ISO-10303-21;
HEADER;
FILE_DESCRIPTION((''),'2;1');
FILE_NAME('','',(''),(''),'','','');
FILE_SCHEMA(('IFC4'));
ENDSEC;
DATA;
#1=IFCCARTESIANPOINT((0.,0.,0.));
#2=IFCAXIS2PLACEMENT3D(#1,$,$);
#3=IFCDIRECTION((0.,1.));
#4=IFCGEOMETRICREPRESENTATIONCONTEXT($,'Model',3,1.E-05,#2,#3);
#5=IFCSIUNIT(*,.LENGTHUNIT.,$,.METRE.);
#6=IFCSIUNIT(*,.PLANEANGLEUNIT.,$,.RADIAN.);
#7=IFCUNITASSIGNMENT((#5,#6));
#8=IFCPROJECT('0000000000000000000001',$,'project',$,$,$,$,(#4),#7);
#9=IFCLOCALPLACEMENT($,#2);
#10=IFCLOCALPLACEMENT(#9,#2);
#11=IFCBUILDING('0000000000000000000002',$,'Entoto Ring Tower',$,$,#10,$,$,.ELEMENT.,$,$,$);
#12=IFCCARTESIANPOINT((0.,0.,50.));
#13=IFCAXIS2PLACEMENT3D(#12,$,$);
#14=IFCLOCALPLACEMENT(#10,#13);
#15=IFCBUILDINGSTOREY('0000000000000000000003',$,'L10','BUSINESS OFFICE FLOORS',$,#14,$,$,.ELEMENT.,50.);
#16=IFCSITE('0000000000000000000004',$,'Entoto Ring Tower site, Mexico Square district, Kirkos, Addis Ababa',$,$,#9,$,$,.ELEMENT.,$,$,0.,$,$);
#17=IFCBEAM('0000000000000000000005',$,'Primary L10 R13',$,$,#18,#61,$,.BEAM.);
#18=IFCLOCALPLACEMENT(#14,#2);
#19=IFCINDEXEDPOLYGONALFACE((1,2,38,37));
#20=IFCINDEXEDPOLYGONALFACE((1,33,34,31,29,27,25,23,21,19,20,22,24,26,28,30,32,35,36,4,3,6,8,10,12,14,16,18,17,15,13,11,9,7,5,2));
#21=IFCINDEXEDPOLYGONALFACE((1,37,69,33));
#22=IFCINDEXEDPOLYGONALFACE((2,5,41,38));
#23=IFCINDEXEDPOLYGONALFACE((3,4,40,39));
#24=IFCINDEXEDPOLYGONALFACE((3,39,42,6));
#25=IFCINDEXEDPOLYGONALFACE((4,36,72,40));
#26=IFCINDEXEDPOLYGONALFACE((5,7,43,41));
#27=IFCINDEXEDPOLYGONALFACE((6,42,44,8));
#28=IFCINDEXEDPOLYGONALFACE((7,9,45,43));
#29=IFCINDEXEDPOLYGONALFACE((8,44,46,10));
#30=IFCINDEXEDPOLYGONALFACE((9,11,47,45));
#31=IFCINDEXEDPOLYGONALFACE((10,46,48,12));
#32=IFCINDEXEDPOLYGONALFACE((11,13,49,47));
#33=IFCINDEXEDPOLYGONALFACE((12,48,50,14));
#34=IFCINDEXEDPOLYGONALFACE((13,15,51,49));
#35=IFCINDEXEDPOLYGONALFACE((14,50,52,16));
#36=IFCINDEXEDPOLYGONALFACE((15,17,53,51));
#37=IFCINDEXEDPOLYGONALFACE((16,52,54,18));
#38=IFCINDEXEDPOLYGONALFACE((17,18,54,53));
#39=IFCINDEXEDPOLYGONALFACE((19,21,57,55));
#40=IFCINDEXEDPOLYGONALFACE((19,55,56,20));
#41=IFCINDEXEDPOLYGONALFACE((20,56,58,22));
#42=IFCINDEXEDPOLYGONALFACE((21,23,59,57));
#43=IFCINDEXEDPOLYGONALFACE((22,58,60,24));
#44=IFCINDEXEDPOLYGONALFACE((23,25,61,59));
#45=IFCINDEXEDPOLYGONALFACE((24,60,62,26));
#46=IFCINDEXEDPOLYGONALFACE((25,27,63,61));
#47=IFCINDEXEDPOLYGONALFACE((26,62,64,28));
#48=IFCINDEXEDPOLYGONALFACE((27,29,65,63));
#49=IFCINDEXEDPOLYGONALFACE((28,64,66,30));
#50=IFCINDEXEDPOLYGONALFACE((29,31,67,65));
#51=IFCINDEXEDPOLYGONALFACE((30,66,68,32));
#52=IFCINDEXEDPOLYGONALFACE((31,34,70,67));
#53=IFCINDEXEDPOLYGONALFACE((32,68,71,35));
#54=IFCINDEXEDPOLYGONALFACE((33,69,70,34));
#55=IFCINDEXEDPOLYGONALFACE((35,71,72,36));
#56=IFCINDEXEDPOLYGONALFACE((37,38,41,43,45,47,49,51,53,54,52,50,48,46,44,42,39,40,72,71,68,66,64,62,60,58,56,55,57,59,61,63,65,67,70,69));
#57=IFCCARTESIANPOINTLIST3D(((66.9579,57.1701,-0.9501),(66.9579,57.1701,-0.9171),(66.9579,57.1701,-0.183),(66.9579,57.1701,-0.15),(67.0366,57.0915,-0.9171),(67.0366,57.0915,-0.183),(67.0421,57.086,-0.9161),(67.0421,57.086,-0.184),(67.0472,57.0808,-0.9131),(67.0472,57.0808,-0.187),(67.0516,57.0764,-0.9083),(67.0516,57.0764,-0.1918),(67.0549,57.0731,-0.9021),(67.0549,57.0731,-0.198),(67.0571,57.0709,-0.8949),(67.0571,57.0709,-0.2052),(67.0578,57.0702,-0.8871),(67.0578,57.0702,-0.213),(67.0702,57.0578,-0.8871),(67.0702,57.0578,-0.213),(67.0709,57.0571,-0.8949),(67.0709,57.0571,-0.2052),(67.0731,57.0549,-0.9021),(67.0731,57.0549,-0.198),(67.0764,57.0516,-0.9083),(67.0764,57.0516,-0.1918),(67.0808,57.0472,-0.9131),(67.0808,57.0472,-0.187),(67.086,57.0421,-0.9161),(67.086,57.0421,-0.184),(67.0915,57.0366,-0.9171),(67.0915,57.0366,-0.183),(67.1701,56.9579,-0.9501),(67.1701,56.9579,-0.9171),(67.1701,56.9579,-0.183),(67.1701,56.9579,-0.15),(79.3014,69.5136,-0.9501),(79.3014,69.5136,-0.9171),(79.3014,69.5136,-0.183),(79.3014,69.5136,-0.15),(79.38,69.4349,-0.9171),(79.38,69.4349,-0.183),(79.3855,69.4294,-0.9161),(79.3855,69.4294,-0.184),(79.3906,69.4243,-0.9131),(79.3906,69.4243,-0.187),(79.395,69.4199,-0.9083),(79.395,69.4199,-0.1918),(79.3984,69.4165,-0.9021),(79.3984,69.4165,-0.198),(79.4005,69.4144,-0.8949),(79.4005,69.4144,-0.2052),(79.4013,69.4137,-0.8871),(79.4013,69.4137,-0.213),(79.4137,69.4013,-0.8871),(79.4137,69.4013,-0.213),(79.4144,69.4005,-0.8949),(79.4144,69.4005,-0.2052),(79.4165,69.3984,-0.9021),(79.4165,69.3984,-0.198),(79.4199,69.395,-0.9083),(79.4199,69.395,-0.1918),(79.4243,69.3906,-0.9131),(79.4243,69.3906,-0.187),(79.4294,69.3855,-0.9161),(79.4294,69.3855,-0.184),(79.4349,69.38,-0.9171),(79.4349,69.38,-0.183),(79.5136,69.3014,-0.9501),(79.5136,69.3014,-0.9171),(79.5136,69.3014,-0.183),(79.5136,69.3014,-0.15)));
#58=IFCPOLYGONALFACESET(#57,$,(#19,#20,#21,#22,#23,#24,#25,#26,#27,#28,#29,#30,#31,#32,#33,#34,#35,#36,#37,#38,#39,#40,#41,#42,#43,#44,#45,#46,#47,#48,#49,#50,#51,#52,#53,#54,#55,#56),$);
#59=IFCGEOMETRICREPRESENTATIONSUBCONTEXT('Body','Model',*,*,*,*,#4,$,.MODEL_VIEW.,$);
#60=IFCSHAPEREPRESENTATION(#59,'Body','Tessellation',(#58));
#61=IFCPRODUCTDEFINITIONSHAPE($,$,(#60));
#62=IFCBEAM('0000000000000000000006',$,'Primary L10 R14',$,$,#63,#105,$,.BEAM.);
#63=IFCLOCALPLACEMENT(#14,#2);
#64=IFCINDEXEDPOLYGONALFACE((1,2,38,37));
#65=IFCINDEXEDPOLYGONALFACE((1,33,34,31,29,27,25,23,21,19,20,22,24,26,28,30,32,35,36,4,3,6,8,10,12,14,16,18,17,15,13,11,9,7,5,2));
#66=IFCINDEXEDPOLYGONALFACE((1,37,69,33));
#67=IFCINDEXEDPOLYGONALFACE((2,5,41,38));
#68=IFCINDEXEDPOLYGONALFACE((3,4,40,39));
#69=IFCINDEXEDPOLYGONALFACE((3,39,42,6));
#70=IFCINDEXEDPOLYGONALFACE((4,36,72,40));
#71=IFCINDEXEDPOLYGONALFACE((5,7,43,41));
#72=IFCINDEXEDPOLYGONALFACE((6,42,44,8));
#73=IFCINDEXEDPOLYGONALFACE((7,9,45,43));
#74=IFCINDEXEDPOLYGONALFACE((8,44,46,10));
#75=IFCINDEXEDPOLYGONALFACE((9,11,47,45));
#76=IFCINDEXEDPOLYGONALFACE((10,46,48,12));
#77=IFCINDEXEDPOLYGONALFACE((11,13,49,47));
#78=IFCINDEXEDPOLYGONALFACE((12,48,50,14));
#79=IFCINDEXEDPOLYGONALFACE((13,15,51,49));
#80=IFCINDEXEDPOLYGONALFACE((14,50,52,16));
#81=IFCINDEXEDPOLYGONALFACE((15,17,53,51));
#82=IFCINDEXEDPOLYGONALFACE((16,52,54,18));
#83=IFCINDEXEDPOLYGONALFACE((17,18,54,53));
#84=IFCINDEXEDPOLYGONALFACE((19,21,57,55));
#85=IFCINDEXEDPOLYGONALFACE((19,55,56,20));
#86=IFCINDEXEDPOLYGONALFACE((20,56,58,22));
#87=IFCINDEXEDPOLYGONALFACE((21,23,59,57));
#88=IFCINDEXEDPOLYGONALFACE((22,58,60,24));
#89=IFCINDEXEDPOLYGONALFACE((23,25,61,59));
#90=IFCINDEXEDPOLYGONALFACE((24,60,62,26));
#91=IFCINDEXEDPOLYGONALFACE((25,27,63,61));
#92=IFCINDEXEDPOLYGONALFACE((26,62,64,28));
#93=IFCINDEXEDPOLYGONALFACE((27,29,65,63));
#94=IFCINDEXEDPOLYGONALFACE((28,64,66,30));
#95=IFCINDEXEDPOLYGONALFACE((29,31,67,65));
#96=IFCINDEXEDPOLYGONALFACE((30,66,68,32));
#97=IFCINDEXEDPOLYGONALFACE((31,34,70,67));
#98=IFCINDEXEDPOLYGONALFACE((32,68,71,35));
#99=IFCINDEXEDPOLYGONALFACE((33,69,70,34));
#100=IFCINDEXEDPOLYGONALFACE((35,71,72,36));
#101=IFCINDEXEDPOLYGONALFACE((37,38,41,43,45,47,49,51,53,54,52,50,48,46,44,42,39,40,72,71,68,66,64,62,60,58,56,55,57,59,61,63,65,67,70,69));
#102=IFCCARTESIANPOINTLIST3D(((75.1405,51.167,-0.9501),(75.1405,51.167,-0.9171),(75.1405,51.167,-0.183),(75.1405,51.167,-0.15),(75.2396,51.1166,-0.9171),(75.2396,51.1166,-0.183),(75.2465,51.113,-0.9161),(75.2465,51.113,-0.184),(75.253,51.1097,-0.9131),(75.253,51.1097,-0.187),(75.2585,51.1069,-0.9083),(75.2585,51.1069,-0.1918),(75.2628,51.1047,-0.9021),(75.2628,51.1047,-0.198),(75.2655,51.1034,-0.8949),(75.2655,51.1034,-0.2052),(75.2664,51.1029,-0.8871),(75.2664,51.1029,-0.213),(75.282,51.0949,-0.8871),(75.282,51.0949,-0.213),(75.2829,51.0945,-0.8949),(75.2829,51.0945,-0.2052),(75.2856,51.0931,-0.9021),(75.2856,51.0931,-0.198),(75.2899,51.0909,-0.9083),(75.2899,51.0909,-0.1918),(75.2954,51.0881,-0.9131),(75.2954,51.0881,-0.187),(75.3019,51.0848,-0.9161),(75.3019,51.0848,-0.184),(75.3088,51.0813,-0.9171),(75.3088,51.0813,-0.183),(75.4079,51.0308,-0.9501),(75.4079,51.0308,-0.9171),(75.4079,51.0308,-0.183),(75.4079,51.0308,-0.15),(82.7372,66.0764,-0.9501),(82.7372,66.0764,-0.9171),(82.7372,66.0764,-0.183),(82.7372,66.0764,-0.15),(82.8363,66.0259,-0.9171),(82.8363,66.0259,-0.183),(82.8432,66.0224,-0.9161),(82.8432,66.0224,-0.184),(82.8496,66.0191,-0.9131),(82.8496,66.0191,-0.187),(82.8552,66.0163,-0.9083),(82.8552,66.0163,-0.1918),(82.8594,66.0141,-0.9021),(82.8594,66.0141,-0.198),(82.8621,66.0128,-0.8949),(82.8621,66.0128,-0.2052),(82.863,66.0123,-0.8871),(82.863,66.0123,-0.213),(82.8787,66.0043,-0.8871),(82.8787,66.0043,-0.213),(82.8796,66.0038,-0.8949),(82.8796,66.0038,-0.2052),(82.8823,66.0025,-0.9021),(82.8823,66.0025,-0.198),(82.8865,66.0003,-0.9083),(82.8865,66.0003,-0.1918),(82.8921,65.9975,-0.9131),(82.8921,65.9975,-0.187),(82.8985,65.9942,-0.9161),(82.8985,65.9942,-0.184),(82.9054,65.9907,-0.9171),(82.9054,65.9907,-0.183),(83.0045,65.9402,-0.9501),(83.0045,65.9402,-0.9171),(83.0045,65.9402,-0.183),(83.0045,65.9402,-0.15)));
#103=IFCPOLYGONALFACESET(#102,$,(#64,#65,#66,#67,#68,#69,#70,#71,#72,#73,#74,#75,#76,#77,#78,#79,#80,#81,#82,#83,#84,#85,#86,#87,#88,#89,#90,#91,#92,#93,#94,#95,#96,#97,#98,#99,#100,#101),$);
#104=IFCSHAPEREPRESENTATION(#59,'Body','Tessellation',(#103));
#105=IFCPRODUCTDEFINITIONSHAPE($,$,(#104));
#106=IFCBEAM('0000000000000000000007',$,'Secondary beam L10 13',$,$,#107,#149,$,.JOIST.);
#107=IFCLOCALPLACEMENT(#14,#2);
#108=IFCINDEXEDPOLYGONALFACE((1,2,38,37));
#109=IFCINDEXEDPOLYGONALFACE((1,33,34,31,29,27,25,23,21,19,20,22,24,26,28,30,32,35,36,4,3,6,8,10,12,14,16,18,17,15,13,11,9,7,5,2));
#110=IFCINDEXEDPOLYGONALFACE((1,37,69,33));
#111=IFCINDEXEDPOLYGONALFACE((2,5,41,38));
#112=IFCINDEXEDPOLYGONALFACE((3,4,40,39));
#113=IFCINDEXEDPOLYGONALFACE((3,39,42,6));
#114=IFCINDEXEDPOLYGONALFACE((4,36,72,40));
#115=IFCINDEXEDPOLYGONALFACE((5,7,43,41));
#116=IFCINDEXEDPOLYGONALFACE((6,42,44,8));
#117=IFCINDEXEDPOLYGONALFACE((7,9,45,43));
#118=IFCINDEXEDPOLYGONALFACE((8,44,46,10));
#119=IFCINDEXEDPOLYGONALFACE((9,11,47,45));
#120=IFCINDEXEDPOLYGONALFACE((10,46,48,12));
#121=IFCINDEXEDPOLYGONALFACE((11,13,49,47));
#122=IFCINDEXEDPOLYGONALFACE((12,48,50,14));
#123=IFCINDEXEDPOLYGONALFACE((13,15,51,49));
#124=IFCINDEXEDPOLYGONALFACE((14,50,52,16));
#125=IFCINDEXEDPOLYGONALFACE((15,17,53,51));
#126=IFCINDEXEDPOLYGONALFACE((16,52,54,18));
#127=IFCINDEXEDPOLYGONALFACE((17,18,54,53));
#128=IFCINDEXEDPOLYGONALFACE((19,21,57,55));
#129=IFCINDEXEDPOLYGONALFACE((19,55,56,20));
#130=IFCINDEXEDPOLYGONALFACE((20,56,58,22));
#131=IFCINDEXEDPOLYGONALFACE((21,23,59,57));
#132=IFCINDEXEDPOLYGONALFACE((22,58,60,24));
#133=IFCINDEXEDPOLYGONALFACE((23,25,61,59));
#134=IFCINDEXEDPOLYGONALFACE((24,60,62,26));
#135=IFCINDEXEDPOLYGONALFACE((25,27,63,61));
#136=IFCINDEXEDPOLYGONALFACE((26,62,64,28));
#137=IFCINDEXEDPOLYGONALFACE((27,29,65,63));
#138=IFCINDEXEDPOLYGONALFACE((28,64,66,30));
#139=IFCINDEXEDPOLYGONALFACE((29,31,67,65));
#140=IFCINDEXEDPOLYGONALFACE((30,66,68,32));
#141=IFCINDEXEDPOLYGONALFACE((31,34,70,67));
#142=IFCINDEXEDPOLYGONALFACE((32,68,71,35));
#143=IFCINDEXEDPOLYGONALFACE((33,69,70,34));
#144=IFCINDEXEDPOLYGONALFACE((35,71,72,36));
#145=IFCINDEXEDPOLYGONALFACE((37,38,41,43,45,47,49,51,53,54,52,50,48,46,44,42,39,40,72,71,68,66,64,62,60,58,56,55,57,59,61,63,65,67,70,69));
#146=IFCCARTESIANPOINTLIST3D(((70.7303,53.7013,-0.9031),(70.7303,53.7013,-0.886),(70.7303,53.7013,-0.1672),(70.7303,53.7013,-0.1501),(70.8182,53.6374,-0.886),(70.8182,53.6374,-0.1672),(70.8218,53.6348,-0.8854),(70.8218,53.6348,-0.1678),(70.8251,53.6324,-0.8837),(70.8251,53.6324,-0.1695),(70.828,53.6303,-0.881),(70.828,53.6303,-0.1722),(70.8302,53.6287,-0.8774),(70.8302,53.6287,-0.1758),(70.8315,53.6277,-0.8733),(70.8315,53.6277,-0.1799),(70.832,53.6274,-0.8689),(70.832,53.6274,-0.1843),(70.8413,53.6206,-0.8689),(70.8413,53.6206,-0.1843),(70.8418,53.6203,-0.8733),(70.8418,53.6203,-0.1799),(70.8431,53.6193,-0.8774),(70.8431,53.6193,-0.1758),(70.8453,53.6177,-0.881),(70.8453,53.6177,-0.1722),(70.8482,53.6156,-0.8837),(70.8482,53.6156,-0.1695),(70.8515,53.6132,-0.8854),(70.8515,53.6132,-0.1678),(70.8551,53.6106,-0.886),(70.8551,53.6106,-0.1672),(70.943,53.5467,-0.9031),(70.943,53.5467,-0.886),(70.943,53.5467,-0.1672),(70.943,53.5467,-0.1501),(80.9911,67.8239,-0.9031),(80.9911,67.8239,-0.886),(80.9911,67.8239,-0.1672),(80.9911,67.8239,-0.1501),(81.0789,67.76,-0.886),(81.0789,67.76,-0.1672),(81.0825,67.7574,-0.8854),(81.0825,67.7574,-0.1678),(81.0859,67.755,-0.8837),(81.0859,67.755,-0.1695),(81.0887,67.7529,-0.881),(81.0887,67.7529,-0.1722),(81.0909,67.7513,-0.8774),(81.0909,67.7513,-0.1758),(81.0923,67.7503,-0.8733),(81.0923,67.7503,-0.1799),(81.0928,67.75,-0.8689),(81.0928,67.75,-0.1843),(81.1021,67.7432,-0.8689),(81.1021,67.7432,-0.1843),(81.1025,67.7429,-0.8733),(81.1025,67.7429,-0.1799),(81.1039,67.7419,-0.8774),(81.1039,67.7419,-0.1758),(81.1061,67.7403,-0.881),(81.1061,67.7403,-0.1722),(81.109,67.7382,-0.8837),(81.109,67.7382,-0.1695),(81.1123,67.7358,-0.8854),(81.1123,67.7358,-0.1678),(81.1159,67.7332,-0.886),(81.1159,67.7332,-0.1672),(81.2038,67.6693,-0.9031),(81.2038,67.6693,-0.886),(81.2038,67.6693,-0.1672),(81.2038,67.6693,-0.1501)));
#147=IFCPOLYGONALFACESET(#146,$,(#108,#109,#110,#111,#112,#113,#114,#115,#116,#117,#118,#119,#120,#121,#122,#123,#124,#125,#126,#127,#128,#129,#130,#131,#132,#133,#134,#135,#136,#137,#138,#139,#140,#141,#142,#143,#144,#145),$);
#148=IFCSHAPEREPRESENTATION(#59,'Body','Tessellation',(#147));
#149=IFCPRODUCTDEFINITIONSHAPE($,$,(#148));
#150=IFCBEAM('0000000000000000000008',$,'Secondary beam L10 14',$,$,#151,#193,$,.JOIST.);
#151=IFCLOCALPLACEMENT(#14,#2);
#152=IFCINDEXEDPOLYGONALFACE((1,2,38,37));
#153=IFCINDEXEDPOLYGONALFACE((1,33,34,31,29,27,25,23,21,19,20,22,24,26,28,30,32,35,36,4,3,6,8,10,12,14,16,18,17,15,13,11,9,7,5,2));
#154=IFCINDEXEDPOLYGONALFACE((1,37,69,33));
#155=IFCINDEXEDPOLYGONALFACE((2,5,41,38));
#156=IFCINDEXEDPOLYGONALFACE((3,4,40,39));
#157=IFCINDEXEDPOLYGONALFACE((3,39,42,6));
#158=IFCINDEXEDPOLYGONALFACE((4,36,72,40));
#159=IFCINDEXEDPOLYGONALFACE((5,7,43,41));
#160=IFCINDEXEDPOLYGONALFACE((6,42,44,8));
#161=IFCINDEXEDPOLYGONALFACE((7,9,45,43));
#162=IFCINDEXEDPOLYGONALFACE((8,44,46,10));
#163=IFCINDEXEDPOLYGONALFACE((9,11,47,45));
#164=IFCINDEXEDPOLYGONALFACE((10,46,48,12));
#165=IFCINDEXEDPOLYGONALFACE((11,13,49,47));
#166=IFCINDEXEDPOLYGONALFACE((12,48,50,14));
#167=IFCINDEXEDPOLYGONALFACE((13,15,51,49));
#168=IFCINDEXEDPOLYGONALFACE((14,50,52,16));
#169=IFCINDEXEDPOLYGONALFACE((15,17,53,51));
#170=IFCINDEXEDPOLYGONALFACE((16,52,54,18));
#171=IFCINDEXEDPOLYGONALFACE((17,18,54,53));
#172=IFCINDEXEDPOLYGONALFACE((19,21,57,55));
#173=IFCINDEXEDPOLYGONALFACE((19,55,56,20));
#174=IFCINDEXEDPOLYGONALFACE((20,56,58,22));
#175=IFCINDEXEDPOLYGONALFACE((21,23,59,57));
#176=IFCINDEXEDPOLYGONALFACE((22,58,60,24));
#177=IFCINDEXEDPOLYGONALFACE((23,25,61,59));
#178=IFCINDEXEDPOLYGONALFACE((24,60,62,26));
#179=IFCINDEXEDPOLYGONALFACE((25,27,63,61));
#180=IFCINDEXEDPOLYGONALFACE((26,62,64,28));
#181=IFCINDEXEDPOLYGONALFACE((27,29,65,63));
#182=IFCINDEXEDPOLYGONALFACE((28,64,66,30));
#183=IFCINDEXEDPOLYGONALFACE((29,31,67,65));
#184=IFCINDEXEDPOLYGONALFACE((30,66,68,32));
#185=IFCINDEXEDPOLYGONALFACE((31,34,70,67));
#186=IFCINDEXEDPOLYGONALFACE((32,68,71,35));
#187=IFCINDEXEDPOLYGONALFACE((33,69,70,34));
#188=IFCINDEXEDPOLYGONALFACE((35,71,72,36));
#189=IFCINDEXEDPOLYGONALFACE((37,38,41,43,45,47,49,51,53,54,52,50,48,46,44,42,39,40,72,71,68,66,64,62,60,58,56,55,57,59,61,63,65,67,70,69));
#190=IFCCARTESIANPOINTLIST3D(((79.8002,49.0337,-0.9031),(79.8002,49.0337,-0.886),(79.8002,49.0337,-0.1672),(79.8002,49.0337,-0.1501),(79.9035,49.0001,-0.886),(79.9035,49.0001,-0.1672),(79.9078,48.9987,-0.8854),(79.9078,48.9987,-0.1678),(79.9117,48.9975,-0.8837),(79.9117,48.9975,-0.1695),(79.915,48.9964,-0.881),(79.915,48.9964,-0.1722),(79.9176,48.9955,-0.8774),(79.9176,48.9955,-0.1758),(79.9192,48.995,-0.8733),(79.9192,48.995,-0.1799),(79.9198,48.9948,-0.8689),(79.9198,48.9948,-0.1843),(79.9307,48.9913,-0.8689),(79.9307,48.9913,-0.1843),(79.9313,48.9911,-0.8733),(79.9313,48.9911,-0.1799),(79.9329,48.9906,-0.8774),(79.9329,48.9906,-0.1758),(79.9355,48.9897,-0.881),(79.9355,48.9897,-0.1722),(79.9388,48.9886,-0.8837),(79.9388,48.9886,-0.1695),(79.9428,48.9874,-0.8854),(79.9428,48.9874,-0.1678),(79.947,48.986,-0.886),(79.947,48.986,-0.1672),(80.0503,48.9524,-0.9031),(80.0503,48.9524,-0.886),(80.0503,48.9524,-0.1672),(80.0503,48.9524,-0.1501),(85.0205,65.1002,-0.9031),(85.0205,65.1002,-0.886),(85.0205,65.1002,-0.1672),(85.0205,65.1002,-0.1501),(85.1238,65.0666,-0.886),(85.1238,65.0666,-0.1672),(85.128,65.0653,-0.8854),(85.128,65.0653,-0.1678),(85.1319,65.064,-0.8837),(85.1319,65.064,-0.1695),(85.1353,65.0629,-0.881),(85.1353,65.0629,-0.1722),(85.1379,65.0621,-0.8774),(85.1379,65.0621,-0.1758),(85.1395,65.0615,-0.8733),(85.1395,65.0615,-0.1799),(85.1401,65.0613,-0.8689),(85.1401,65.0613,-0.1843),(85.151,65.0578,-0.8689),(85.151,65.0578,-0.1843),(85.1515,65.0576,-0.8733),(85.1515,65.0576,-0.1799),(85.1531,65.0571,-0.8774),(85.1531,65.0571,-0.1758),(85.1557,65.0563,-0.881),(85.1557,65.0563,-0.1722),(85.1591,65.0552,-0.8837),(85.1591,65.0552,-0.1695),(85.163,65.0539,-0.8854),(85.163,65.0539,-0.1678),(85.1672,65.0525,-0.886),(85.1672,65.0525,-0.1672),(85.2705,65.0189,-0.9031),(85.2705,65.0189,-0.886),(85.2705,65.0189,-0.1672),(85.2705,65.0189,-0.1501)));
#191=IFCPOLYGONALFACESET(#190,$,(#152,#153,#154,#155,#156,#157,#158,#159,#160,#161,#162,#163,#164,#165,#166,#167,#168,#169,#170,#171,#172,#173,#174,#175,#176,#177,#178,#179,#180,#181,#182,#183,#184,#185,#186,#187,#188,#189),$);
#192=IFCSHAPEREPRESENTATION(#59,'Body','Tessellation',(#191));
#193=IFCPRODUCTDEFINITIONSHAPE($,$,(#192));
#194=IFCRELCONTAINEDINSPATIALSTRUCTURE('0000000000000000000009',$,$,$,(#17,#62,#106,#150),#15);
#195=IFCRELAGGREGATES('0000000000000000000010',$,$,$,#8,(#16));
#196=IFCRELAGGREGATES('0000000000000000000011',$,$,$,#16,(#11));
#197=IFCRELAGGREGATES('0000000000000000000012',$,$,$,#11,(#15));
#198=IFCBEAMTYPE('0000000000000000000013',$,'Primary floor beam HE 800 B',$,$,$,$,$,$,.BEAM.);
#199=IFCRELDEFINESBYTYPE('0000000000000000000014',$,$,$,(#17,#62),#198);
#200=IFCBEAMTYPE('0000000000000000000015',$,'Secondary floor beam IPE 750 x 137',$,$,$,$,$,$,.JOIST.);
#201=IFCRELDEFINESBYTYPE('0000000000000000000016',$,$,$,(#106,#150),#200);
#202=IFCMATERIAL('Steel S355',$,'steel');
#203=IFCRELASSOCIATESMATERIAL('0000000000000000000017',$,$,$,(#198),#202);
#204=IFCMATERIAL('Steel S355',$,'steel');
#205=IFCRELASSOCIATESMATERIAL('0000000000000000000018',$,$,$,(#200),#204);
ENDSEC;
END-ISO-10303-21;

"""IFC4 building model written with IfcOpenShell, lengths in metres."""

from ifc_helpers import new_model, si_unit, direction, frame, origin, origin_2d, place, context, subcontext, project, spatial, i_section, extrude, material, material_profile, profile_set, type_object, element, save


model = new_model("IFC4")

# Units and contexts
model_context = context("Model", 3, precision=1e-05, world=origin(), true_north=direction((0.0, 1.0)))
body_context = subcontext(model_context, "Body", "Model", "MODEL_VIEW")
ifc_project = project(units=[si_unit("LENGTHUNIT", "METRE"), si_unit("PLANEANGLEUNIT", "RADIAN")], contexts=[model_context])

# Site, building, storey
site_placement = place(None, origin())
site = spatial("IfcSite", under=ifc_project, at=site_placement, Name="Entoto Ring Tower site, Mexico Square district, Kirkos, Addis Ababa", CompositionType="ELEMENT", RefElevation=0.0)
building_placement = place(site_placement, origin())
building = spatial("IfcBuilding", under=site, at=building_placement, Name="Entoto Ring Tower", CompositionType="ELEMENT")
storey_placement = place(building_placement, frame((0.0, 0.0, 50.0)))
storey = spatial("IfcBuildingStorey", under=building, at=storey_placement, Name="L10", Description="BUSINESS OFFICE FLOORS", CompositionType="ELEMENT", Elevation=50.0)

# Beams
ifc_material_1 = material(Name="Steel S355", Category="steel")
ifc_material_profile_1 = material_profile(ifc_material_1, i_section(OverallWidth=0.3, OverallDepth=0.8, WebThickness=0.0176, FlangeThickness=0.033, FilletRadius=0.03, at=origin_2d()), Name="HE 800 B")
ifc_profile_set_1 = profile_set([ifc_material_profile_1], Name="Steel S355")
beam_type_1 = type_object("IfcBeamType", Name="Primary floor beam HE 800 B", PredefinedType="BEAM", material=ifc_profile_set_1)
beam_1_placement = place(storey_placement, frame((79.4075, 69.4075, -0.55), z_axis=(-0.707107, -0.707107, 0.0), x_axis=(0.707107, -0.707107, 0.0)))
element("IfcBeam", 1, at=beam_1_placement, inside=storey, type_object=beam_type_1, Name="Primary L10 R13", PredefinedType="BEAM", context=body_context, shape_type="SweptSolid", body=[
    extrude(i_section(OverallWidth=0.3, OverallDepth=0.8, WebThickness=0.0176, FlangeThickness=0.033, FilletRadius=0.03, at=origin_2d()), origin(), (0.0, 0.0, 1.0), 17.4563),
])
beam_2_placement = place(storey_placement, frame((82.8708, 66.0083, -0.55), z_axis=(-0.453988, -0.891008, 0.0), x_axis=(0.891008, -0.453988, 0.0)))
element("IfcBeam", 2, at=beam_2_placement, inside=storey, type_object=beam_type_1, Name="Primary L10 R14", PredefinedType="BEAM", context=body_context, shape_type="SweptSolid", body=[
    extrude(i_section(OverallWidth=0.3, OverallDepth=0.8, WebThickness=0.0176, FlangeThickness=0.033, FilletRadius=0.03, at=origin_2d()), origin(), (0.0, 0.0, 1.0), 16.7332),
])
ifc_material_2 = material(Name="Steel S355", Category="steel")
ifc_material_profile_2 = material_profile(ifc_material_2, i_section(OverallWidth=0.2629, OverallDepth=0.7529, WebThickness=0.0115, FlangeThickness=0.0171, FilletRadius=0.0171, at=origin_2d()), Name="IPE 750 x 137")
ifc_profile_set_2 = profile_set([ifc_material_profile_2], Name="Steel S355")
beam_type_2 = type_object("IfcBeamType", Name="Secondary floor beam IPE 750 x 137", PredefinedType="JOIST", material=ifc_profile_set_2)
beam_3_placement = place(storey_placement, frame((81.0974, 67.7466, -0.5266), z_axis=(-0.587789, -0.809014, 0.0), x_axis=(0.809014, -0.587789, 0.0)))
element("IfcBeam", 3, at=beam_3_placement, inside=storey, type_object=beam_type_2, Name="Secondary beam L10 13", PredefinedType="JOIST", context=body_context, shape_type="SweptSolid", body=[
    extrude(i_section(OverallWidth=0.2629, OverallDepth=0.7529, WebThickness=0.0115, FlangeThickness=0.0171, FilletRadius=0.0171, at=origin_2d()), origin(), (0.0, 0.0, 1.0), 17.4565),
])
beam_4_placement = place(storey_placement, frame((85.1455, 65.0596, -0.5266), z_axis=(-0.309013, -0.951058, 0.0), x_axis=(0.951058, -0.309013, 0.0)))
element("IfcBeam", 4, at=beam_4_placement, inside=storey, type_object=beam_type_2, Name="Secondary beam L10 14", PredefinedType="JOIST", context=body_context, shape_type="SweptSolid", body=[
    extrude(i_section(OverallWidth=0.2629, OverallDepth=0.7529, WebThickness=0.0115, FlangeThickness=0.0171, FilletRadius=0.0171, at=origin_2d()), origin(), (0.0, 0.0, 1.0), 16.8933),
])

save(model, "model.ifc")
